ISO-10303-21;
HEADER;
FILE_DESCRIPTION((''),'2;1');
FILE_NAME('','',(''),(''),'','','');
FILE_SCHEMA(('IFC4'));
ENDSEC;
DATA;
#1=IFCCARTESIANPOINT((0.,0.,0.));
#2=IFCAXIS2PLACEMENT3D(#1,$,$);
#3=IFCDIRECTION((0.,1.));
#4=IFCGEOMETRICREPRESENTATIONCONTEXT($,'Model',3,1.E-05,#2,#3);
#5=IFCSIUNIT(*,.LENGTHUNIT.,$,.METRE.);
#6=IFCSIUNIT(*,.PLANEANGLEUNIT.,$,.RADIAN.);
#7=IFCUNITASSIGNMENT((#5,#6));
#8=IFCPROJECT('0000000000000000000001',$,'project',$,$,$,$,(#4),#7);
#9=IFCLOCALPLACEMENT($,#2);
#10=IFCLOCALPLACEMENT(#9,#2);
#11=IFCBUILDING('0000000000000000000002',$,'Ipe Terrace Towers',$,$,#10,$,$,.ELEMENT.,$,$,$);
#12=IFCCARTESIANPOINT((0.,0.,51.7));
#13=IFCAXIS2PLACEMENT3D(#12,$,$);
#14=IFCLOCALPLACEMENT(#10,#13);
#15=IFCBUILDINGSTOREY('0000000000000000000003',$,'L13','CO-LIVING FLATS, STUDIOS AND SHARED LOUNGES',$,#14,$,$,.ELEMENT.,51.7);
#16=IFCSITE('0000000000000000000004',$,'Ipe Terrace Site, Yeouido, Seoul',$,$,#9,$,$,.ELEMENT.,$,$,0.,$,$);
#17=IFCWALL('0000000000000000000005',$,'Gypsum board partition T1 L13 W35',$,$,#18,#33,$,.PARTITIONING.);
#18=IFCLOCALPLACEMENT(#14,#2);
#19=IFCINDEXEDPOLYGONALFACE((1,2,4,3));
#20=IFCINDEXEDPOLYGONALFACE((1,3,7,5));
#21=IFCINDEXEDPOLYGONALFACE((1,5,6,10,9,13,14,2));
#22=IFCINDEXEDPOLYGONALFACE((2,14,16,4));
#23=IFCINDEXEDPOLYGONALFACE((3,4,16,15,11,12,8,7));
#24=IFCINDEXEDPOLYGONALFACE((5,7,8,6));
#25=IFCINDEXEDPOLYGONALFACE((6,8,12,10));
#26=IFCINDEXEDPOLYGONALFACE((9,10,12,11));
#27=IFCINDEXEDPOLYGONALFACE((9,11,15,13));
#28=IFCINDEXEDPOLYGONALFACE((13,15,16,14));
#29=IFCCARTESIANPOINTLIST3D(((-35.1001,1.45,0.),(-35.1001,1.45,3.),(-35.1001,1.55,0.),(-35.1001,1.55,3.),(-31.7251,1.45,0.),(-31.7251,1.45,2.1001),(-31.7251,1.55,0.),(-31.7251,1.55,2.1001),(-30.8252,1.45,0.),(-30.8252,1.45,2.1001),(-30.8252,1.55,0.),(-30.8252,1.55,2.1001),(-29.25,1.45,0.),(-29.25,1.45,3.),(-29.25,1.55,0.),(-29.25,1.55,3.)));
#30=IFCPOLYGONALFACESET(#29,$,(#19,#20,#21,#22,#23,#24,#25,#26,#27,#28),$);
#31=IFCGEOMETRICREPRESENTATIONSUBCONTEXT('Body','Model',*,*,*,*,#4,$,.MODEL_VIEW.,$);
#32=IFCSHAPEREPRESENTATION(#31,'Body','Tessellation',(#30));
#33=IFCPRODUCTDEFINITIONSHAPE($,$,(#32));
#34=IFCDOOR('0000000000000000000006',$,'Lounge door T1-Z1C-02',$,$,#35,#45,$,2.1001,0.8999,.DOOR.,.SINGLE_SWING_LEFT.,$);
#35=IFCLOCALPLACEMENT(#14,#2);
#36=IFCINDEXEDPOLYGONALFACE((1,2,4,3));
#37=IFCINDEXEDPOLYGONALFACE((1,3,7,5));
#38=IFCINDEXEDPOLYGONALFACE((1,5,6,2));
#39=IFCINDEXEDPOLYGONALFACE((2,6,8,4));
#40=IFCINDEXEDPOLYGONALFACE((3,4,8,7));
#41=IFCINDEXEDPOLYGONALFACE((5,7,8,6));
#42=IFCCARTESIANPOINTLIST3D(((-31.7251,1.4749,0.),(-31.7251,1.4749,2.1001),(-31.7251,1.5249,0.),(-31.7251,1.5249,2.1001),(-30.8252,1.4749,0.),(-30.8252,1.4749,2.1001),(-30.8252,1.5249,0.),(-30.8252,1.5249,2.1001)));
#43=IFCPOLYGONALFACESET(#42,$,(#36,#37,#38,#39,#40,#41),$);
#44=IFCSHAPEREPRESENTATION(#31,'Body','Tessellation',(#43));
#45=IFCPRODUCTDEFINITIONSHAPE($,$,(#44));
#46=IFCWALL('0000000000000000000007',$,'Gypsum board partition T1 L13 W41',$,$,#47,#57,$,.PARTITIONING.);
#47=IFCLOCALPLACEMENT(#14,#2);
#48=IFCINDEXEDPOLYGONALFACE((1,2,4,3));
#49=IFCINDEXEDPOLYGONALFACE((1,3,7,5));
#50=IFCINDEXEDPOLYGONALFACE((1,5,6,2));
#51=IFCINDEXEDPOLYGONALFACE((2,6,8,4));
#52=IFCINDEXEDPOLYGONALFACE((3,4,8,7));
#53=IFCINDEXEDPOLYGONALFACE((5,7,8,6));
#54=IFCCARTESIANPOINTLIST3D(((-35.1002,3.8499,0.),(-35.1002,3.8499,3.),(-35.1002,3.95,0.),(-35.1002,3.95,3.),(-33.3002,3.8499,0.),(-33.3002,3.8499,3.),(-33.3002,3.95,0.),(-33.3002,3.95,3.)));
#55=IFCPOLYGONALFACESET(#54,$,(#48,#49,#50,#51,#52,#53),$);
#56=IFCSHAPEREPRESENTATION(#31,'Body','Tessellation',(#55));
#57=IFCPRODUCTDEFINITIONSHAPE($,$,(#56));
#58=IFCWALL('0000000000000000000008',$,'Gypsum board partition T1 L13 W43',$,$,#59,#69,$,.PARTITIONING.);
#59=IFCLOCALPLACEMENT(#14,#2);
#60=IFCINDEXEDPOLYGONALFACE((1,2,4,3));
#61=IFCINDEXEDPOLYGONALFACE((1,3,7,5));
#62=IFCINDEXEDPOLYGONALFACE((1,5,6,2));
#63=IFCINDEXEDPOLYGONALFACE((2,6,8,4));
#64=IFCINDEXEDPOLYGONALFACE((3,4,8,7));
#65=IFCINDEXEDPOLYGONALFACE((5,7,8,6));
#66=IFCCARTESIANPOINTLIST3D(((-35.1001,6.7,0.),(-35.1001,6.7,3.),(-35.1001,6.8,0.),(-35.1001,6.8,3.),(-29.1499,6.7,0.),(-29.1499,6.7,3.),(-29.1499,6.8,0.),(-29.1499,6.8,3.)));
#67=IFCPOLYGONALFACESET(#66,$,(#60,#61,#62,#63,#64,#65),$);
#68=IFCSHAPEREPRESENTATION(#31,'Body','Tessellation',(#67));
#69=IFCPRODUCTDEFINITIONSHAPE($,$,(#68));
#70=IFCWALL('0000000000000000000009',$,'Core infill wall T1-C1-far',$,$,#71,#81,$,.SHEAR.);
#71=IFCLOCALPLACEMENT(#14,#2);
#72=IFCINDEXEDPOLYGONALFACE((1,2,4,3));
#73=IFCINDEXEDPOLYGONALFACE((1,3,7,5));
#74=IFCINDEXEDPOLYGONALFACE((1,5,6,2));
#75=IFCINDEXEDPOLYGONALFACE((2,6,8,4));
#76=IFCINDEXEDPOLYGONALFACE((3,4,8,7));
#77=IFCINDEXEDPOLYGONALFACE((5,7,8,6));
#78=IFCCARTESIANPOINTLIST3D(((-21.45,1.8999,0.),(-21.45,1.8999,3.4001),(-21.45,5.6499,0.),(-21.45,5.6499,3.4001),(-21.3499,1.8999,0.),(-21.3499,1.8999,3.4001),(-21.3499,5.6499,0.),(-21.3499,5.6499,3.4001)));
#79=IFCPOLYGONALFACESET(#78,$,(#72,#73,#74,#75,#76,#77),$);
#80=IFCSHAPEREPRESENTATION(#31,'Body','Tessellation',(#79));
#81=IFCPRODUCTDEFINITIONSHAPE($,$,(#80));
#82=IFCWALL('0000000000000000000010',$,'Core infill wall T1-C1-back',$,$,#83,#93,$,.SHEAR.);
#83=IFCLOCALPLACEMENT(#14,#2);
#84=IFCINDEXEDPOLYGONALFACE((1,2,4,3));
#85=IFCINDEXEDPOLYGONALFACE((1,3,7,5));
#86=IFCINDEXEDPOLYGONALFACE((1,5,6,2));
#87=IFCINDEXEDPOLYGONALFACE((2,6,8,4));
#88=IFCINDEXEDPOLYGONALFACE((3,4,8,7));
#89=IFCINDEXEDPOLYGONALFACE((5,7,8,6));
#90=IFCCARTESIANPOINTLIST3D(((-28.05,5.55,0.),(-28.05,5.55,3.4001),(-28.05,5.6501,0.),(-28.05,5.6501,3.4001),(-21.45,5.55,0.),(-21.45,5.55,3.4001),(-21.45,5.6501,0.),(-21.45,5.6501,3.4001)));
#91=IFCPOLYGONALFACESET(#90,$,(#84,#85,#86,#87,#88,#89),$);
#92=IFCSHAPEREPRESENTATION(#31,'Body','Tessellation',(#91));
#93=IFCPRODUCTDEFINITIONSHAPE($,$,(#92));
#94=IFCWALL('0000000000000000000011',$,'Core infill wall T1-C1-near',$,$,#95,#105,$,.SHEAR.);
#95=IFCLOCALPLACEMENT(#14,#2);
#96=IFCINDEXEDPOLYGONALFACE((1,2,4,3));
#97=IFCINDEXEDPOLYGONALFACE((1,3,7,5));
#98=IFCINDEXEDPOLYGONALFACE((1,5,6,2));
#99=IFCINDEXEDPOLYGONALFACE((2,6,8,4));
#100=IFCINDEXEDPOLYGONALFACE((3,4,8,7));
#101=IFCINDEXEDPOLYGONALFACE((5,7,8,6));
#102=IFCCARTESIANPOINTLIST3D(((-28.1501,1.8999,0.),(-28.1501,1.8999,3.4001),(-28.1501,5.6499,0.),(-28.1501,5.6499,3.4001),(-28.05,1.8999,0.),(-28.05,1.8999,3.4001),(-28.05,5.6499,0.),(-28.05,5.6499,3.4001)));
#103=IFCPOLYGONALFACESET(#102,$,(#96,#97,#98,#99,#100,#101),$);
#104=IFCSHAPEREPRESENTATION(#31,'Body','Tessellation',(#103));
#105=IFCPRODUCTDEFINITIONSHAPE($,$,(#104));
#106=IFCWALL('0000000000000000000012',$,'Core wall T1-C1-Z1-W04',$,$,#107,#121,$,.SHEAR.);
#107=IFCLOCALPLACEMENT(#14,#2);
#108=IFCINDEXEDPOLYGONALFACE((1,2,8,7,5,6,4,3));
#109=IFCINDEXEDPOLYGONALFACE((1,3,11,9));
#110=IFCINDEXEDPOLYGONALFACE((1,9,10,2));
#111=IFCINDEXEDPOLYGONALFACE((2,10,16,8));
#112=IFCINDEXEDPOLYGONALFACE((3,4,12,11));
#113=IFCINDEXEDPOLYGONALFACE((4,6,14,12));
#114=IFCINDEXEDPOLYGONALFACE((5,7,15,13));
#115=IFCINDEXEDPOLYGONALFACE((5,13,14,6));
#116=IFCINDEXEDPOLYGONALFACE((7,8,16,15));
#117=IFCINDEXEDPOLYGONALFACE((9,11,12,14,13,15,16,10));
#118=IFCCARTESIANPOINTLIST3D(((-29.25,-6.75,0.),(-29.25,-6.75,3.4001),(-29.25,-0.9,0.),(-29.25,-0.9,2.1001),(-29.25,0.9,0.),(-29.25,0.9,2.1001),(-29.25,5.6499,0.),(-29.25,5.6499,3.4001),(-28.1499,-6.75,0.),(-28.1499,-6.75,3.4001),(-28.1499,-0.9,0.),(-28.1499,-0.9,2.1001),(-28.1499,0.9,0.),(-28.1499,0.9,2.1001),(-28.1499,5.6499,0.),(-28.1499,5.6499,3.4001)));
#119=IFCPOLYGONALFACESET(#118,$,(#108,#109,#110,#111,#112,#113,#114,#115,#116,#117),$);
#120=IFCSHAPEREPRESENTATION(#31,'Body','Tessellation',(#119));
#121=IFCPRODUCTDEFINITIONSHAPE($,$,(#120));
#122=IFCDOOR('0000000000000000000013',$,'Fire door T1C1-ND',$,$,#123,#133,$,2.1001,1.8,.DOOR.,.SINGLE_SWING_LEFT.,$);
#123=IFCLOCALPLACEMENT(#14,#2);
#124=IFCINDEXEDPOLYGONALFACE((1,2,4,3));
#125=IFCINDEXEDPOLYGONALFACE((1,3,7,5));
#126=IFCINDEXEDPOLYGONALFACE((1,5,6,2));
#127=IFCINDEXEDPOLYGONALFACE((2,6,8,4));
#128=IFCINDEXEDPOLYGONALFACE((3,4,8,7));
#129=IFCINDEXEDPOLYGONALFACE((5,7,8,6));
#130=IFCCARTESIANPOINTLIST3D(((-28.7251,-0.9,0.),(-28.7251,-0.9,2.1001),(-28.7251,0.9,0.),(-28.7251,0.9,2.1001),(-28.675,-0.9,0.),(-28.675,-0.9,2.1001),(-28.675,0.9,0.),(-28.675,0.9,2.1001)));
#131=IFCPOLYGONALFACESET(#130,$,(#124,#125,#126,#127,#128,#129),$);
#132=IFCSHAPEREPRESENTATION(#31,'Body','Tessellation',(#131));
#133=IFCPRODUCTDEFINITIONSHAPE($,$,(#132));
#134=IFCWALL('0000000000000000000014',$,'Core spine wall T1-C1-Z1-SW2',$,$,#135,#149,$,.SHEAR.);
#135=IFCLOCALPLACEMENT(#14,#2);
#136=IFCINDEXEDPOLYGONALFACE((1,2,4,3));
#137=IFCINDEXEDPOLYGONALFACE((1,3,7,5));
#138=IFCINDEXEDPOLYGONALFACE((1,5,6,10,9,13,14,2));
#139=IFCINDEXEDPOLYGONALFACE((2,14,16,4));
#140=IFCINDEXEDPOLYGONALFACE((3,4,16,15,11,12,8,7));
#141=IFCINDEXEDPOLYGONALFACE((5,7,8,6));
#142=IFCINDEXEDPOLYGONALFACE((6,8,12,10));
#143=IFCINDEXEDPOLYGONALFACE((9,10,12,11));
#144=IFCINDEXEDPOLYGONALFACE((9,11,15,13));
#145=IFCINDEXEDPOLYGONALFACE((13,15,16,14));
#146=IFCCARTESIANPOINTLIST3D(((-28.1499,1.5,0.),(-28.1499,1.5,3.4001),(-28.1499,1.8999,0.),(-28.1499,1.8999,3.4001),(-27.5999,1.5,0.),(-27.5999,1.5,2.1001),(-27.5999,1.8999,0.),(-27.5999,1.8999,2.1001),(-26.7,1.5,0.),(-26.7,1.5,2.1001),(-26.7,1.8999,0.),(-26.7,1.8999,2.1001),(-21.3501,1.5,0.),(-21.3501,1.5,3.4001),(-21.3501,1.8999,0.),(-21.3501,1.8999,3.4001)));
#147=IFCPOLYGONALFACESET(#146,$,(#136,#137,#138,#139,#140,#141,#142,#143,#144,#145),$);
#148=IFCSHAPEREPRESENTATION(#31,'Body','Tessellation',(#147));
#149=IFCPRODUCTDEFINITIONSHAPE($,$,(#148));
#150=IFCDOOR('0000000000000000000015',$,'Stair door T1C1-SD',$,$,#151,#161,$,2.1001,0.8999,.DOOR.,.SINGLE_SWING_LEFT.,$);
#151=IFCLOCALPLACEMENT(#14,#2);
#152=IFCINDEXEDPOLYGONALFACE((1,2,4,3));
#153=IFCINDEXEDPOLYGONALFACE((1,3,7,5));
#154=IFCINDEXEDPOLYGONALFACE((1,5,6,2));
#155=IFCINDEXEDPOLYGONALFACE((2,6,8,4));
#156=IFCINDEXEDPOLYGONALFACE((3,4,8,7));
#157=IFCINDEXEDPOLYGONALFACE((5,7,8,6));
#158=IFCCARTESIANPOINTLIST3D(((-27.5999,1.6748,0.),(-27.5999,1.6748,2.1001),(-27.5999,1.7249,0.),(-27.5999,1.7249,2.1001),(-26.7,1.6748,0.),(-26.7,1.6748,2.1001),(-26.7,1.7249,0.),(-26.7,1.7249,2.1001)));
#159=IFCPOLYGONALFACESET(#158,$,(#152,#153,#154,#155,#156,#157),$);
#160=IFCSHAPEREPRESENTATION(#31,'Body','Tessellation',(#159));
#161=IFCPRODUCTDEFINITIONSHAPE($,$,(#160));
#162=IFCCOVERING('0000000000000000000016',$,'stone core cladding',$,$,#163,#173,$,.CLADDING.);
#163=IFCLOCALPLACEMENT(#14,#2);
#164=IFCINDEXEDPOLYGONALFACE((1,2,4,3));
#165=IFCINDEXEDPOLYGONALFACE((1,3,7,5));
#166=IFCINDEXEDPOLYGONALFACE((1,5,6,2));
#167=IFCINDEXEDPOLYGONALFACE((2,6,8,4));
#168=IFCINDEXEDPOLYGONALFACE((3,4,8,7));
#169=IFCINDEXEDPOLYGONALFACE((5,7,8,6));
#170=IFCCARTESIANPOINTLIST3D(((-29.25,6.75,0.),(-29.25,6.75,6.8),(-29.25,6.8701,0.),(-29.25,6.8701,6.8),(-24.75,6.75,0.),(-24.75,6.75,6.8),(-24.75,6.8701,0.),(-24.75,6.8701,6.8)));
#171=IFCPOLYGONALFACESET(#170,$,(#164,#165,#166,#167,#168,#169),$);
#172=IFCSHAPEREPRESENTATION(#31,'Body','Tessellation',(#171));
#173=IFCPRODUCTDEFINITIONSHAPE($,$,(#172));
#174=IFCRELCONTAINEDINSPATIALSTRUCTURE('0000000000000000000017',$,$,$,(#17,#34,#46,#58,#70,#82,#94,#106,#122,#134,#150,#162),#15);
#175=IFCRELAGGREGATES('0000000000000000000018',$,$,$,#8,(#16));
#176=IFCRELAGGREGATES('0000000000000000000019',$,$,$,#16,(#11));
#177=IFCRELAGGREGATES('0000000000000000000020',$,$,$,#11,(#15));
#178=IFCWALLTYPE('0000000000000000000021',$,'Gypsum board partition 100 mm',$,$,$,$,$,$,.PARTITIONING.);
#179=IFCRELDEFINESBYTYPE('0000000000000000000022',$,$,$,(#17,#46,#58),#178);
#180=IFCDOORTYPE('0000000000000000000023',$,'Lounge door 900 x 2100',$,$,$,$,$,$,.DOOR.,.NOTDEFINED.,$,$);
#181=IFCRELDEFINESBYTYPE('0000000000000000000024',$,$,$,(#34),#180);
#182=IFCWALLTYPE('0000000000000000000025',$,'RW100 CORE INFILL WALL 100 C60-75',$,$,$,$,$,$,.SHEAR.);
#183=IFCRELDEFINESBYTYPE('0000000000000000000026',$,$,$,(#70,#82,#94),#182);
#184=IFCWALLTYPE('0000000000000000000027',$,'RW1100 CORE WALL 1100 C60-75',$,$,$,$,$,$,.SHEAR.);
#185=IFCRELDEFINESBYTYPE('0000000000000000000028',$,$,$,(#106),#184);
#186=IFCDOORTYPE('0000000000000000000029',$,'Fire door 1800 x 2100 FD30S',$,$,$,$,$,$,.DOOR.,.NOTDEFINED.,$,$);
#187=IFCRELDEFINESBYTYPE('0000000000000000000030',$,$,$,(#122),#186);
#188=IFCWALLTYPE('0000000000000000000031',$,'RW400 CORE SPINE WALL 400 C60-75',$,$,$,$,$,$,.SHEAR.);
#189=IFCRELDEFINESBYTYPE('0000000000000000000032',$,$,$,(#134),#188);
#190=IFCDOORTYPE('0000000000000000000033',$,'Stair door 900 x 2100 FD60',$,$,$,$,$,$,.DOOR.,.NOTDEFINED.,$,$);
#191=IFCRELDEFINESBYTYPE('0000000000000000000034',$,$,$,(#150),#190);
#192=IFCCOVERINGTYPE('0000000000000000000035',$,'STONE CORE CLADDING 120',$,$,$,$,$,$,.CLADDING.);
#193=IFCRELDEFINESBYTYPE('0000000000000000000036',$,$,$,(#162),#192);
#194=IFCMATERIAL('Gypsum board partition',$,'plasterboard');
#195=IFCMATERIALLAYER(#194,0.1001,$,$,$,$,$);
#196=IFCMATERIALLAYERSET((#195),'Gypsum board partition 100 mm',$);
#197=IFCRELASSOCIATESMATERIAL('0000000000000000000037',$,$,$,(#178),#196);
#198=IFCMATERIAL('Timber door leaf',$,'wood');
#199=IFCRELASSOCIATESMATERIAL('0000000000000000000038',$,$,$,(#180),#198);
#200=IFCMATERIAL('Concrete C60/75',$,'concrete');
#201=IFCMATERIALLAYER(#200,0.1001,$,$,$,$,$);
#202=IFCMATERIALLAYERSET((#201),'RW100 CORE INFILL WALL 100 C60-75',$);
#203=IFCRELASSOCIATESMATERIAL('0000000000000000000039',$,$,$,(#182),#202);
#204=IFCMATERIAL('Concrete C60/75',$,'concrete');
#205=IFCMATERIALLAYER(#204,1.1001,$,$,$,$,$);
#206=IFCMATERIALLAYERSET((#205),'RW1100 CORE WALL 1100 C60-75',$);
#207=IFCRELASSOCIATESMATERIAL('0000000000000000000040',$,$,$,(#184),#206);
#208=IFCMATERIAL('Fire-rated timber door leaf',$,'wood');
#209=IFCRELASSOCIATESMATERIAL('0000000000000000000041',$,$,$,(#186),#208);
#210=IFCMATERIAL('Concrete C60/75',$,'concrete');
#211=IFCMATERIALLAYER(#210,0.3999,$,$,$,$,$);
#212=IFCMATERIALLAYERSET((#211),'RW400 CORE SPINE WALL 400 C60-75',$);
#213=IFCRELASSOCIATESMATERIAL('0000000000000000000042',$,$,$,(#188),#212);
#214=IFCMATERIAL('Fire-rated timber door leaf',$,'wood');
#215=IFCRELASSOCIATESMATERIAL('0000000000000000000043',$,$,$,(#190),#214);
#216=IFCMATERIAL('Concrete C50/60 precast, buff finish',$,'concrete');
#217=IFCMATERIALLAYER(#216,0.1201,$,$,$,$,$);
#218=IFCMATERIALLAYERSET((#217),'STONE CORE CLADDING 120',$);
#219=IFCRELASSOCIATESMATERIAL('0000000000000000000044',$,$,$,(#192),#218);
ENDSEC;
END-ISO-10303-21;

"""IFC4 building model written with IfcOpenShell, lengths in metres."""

from ifc_helpers import new_model, si_unit, direction, frame, frame_2d, origin, origin_2d, place, context, subcontext, project, spatial, rectangle, extrude, material, layer, layer_set, type_object, element, fill, save


model = new_model("IFC4")

# Units and contexts
model_context = context("Model", 3, precision=1e-05, world=origin(), true_north=direction((0.0, 1.0)))
body_context = subcontext(model_context, "Body", "Model", "MODEL_VIEW")
ifc_project = project(units=[si_unit("LENGTHUNIT", "METRE"), si_unit("PLANEANGLEUNIT", "RADIAN")], contexts=[model_context])

# Site, building, storey
site_placement = place(None, origin())
site = spatial("IfcSite", under=ifc_project, at=site_placement, Name="Ipe Terrace Site, Yeouido, Seoul", CompositionType="ELEMENT", RefElevation=0.0)
building_placement = place(site_placement, origin())
building = spatial("IfcBuilding", under=site, at=building_placement, Name="Ipe Terrace Towers", CompositionType="ELEMENT")
storey_placement = place(building_placement, frame((0.0, 0.0, 51.7)))
storey = spatial("IfcBuildingStorey", under=building, at=storey_placement, Name="L13", Description="CO-LIVING FLATS, STUDIOS AND SHARED LOUNGES", CompositionType="ELEMENT", Elevation=51.7)

# Shared definitions
ifc_material_1 = material(Name="Gypsum board partition", Category="plasterboard")
ifc_layer_1 = layer(ifc_material_1, 0.1001)
ifc_layer_set_1 = layer_set([ifc_layer_1], Name="Gypsum board partition 100 mm")
wall_type_1 = type_object("IfcWallType", Name="Gypsum board partition 100 mm", PredefinedType="PARTITIONING", material=ifc_layer_set_1)

# Wall, opening, door
wall_1_placement = place(storey_placement, frame((-35.1001, 1.5, 0.0), z_axis=(0.0, 0.0, 1.0), x_axis=(1.0, 0.0, 0.0)))
wall_1 = element("IfcWall", 1, at=wall_1_placement, inside=storey, type_object=wall_type_1, Name="Gypsum board partition T1 L13 W35", PredefinedType="PARTITIONING", context=body_context, shape_type="SweptSolid", body=[
    extrude(rectangle(XDim=5.8501, YDim=0.1001, at=frame_2d((2.925, 0.0))), origin(), (0.0, 0.0, 1.0), 3.0),
])
opening_1_placement = place(wall_1_placement, frame((3.375, 0.0, 0.0)))
opening_1 = element("IfcOpeningElement", 2, at=opening_1_placement, cuts=wall_1, PredefinedType="OPENING", context=body_context, shape_type="SweptSolid", body=[
    extrude(rectangle(XDim=0.8999, YDim=2.1001, at=frame_2d((0.45, 1.05))), frame((0.0, 0.0601, 0.0), z_axis=(0.0, -1.0, 0.0), x_axis=(1.0, 0.0, 0.0)), (0.0, 0.0, 1.0), 0.1201),
])
ifc_material_2 = material(Name="Timber door leaf", Category="wood")
door_type_1 = type_object("IfcDoorType", Name="Lounge door 900 x 2100", OperationType="NOTDEFINED", PredefinedType="DOOR", material=ifc_material_2)
door_1_placement = place(opening_1_placement, origin())
door_1 = element("IfcDoor", 3, at=door_1_placement, inside=storey, type_object=door_type_1, Name="Lounge door T1-Z1C-02", OperationType="SINGLE_SWING_LEFT", OverallHeight=2.1001, OverallWidth=0.8999, PredefinedType="DOOR", context=body_context, shape_type="SweptSolid", body=[
    extrude(rectangle(XDim=0.8999, YDim=2.1001, at=frame_2d((0.45, 1.05))), frame((0.0, 0.0249, 0.0), z_axis=(0.0, -1.0, 0.0), x_axis=(1.0, 0.0, 0.0)), (0.0, 0.0, 1.0), 0.05),
])
fill(opening_1, door_1)

# Walls
wall_2_placement = place(storey_placement, frame((-35.1001, 3.8999, 0.0), z_axis=(0.0, 0.0, 1.0), x_axis=(1.0, 0.0, 0.0)))
element("IfcWall", 4, at=wall_2_placement, inside=storey, type_object=wall_type_1, Name="Gypsum board partition T1 L13 W41", PredefinedType="PARTITIONING", context=body_context, shape_type="SweptSolid", body=[
    extrude(rectangle(XDim=1.8, YDim=0.1001, at=frame_2d((0.8999, 0.0))), origin(), (0.0, 0.0, 1.0), 3.0),
])
wall_3_placement = place(storey_placement, frame((-35.1001, 6.75, 0.0), z_axis=(0.0, 0.0, 1.0), x_axis=(1.0, 0.0, 0.0)))
element("IfcWall", 5, at=wall_3_placement, inside=storey, type_object=wall_type_1, Name="Gypsum board partition T1 L13 W43", PredefinedType="PARTITIONING", context=body_context, shape_type="SweptSolid", body=[
    extrude(rectangle(XDim=5.9502, YDim=0.1001, at=frame_2d((2.9751, 0.0))), origin(), (0.0, 0.0, 1.0), 3.0),
])
ifc_material_3 = material(Name="Concrete C60/75", Category="concrete")
ifc_layer_2 = layer(ifc_material_3, 0.1001)
ifc_layer_set_2 = layer_set([ifc_layer_2], Name="RW100 CORE INFILL WALL 100 C60-75")
wall_type_2 = type_object("IfcWallType", Name="RW100 CORE INFILL WALL 100 C60-75", PredefinedType="SHEAR", material=ifc_layer_set_2)
wall_4_placement = place(storey_placement, frame((-21.3999, 1.8999, 0.0), z_axis=(0.0, 0.0, 1.0), x_axis=(0.0, 1.0, 0.0)))
element("IfcWall", 6, at=wall_4_placement, inside=storey, type_object=wall_type_2, Name="Core infill wall T1-C1-far", PredefinedType="SHEAR", context=body_context, shape_type="SweptSolid", body=[
    extrude(rectangle(XDim=3.75, YDim=0.1001, at=frame_2d((1.875, 0.0))), origin(), (0.0, 0.0, 1.0), 3.4001),
])
wall_5_placement = place(storey_placement, frame((-28.05, 5.6001, 0.0), z_axis=(0.0, 0.0, 1.0), x_axis=(1.0, 0.0, 0.0)))
element("IfcWall", 7, at=wall_5_placement, inside=storey, type_object=wall_type_2, Name="Core infill wall T1-C1-back", PredefinedType="SHEAR", context=body_context, shape_type="SweptSolid", body=[
    extrude(rectangle(XDim=6.6001, YDim=0.1001, at=frame_2d((3.3, 0.0))), origin(), (0.0, 0.0, 1.0), 3.4001),
])
wall_6_placement = place(storey_placement, frame((-28.1001, 1.8999, 0.0), z_axis=(0.0, 0.0, 1.0), x_axis=(0.0, 1.0, 0.0)))
element("IfcWall", 8, at=wall_6_placement, inside=storey, type_object=wall_type_2, Name="Core infill wall T1-C1-near", PredefinedType="SHEAR", context=body_context, shape_type="SweptSolid", body=[
    extrude(rectangle(XDim=3.75, YDim=0.1001, at=frame_2d((1.875, 0.0))), origin(), (0.0, 0.0, 1.0), 3.4001),
])

# Walls, openings, doors
ifc_material_4 = material(Name="Concrete C60/75", Category="concrete")
ifc_layer_3 = layer(ifc_material_4, 1.1001)
ifc_layer_set_3 = layer_set([ifc_layer_3], Name="RW1100 CORE WALL 1100 C60-75")
wall_type_3 = type_object("IfcWallType", Name="RW1100 CORE WALL 1100 C60-75", PredefinedType="SHEAR", material=ifc_layer_set_3)
wall_7_placement = place(storey_placement, frame((-28.7, 5.6499, 0.0), z_axis=(0.0, 0.0, 1.0), x_axis=(0.0, -1.0, 0.0)))
wall_7 = element("IfcWall", 9, at=wall_7_placement, inside=storey, type_object=wall_type_3, Name="Core wall T1-C1-Z1-W04", PredefinedType="SHEAR", context=body_context, shape_type="SweptSolid", body=[
    extrude(rectangle(XDim=12.3999, YDim=1.1001, at=frame_2d((6.2, 0.0))), origin(), (0.0, 0.0, 1.0), 3.4001),
])
opening_2_placement = place(wall_7_placement, frame((4.75, 0.0, 0.0)))
opening_2 = element("IfcOpeningElement", 10, at=opening_2_placement, cuts=wall_7, PredefinedType="OPENING", context=body_context, shape_type="SweptSolid", body=[
    extrude(rectangle(XDim=1.8, YDim=2.1001, at=frame_2d((0.8999, 1.05))), frame((0.0, 0.5601, 0.0), z_axis=(0.0, -1.0, 0.0), x_axis=(1.0, 0.0, 0.0)), (0.0, 0.0, 1.0), 1.1201),
])
ifc_material_5 = material(Name="Fire-rated timber door leaf", Category="wood")
door_type_2 = type_object("IfcDoorType", Name="Fire door 1800 x 2100 FD30S", OperationType="NOTDEFINED", PredefinedType="DOOR", material=ifc_material_5)
door_2_placement = place(opening_2_placement, origin())
door_2 = element("IfcDoor", 11, at=door_2_placement, inside=storey, type_object=door_type_2, Name="Fire door T1C1-ND", OperationType="SINGLE_SWING_LEFT", OverallHeight=2.1001, OverallWidth=1.8, PredefinedType="DOOR", context=body_context, shape_type="SweptSolid", body=[
    extrude(rectangle(XDim=1.8, YDim=2.1001, at=frame_2d((0.8999, 1.05))), frame((0.0, 0.0249, 0.0), z_axis=(0.0, -1.0, 0.0), x_axis=(1.0, 0.0, 0.0)), (0.0, 0.0, 1.0), 0.05),
])
fill(opening_2, door_2)
ifc_material_6 = material(Name="Concrete C60/75", Category="concrete")
ifc_layer_4 = layer(ifc_material_6, 0.3999)
ifc_layer_set_4 = layer_set([ifc_layer_4], Name="RW400 CORE SPINE WALL 400 C60-75")
wall_type_4 = type_object("IfcWallType", Name="RW400 CORE SPINE WALL 400 C60-75", PredefinedType="SHEAR", material=ifc_layer_set_4)
wall_8_placement = place(storey_placement, frame((-28.1499, 1.7, 0.0), z_axis=(0.0, 0.0, 1.0), x_axis=(1.0, 0.0, 0.0)))
wall_8 = element("IfcWall", 12, at=wall_8_placement, inside=storey, type_object=wall_type_4, Name="Core spine wall T1-C1-Z1-SW2", PredefinedType="SHEAR", context=body_context, shape_type="SweptSolid", body=[
    extrude(rectangle(XDim=6.7998, YDim=0.3999, at=frame_2d((3.3999, 0.0))), origin(), (0.0, 0.0, 1.0), 3.4001),
])
opening_3_placement = place(wall_8_placement, frame((0.55, 0.0, 0.0)))
opening_3 = element("IfcOpeningElement", 13, at=opening_3_placement, cuts=wall_8, PredefinedType="OPENING", context=body_context, shape_type="SweptSolid", body=[
    extrude(rectangle(XDim=0.8999, YDim=2.1001, at=frame_2d((0.45, 1.05))), frame((0.0, 0.21, 0.0), z_axis=(0.0, -1.0, 0.0), x_axis=(1.0, 0.0, 0.0)), (0.0, 0.0, 1.0), 0.4199),
])
ifc_material_7 = material(Name="Fire-rated timber door leaf", Category="wood")
door_type_3 = type_object("IfcDoorType", Name="Stair door 900 x 2100 FD60", OperationType="NOTDEFINED", PredefinedType="DOOR", material=ifc_material_7)
door_3_placement = place(opening_3_placement, origin())
door_3 = element("IfcDoor", 14, at=door_3_placement, inside=storey, type_object=door_type_3, Name="Stair door T1C1-SD", OperationType="SINGLE_SWING_LEFT", OverallHeight=2.1001, OverallWidth=0.8999, PredefinedType="DOOR", context=body_context, shape_type="SweptSolid", body=[
    extrude(rectangle(XDim=0.8999, YDim=2.1001, at=frame_2d((0.45, 1.05))), frame((0.0, 0.0249, 0.0), z_axis=(0.0, -1.0, 0.0), x_axis=(1.0, 0.0, 0.0)), (0.0, 0.0, 1.0), 0.05),
])
fill(opening_3, door_3)

# Covering
ifc_material_8 = material(Name="Concrete C50/60 precast, buff finish", Category="concrete")
ifc_layer_5 = layer(ifc_material_8, 0.1201)
ifc_layer_set_5 = layer_set([ifc_layer_5], Name="STONE CORE CLADDING 120")
covering_type = type_object("IfcCoveringType", Name="STONE CORE CLADDING 120", PredefinedType="CLADDING", material=ifc_layer_set_5)
covering_placement = place(storey_placement, frame((-27.0, 6.8101, 0.0), z_axis=(0.0, 0.0, 1.0), x_axis=(-1.0, 0.0, 0.0)))
element("IfcCovering", 15, at=covering_placement, inside=storey, type_object=covering_type, Name="stone core cladding", PredefinedType="CLADDING", context=body_context, shape_type="SweptSolid", body=[
    extrude(rectangle(XDim=4.5, YDim=0.1201, at=origin_2d()), origin(), (0.0, 0.0, 1.0), 6.8),
])

save(model, "model.ifc")
